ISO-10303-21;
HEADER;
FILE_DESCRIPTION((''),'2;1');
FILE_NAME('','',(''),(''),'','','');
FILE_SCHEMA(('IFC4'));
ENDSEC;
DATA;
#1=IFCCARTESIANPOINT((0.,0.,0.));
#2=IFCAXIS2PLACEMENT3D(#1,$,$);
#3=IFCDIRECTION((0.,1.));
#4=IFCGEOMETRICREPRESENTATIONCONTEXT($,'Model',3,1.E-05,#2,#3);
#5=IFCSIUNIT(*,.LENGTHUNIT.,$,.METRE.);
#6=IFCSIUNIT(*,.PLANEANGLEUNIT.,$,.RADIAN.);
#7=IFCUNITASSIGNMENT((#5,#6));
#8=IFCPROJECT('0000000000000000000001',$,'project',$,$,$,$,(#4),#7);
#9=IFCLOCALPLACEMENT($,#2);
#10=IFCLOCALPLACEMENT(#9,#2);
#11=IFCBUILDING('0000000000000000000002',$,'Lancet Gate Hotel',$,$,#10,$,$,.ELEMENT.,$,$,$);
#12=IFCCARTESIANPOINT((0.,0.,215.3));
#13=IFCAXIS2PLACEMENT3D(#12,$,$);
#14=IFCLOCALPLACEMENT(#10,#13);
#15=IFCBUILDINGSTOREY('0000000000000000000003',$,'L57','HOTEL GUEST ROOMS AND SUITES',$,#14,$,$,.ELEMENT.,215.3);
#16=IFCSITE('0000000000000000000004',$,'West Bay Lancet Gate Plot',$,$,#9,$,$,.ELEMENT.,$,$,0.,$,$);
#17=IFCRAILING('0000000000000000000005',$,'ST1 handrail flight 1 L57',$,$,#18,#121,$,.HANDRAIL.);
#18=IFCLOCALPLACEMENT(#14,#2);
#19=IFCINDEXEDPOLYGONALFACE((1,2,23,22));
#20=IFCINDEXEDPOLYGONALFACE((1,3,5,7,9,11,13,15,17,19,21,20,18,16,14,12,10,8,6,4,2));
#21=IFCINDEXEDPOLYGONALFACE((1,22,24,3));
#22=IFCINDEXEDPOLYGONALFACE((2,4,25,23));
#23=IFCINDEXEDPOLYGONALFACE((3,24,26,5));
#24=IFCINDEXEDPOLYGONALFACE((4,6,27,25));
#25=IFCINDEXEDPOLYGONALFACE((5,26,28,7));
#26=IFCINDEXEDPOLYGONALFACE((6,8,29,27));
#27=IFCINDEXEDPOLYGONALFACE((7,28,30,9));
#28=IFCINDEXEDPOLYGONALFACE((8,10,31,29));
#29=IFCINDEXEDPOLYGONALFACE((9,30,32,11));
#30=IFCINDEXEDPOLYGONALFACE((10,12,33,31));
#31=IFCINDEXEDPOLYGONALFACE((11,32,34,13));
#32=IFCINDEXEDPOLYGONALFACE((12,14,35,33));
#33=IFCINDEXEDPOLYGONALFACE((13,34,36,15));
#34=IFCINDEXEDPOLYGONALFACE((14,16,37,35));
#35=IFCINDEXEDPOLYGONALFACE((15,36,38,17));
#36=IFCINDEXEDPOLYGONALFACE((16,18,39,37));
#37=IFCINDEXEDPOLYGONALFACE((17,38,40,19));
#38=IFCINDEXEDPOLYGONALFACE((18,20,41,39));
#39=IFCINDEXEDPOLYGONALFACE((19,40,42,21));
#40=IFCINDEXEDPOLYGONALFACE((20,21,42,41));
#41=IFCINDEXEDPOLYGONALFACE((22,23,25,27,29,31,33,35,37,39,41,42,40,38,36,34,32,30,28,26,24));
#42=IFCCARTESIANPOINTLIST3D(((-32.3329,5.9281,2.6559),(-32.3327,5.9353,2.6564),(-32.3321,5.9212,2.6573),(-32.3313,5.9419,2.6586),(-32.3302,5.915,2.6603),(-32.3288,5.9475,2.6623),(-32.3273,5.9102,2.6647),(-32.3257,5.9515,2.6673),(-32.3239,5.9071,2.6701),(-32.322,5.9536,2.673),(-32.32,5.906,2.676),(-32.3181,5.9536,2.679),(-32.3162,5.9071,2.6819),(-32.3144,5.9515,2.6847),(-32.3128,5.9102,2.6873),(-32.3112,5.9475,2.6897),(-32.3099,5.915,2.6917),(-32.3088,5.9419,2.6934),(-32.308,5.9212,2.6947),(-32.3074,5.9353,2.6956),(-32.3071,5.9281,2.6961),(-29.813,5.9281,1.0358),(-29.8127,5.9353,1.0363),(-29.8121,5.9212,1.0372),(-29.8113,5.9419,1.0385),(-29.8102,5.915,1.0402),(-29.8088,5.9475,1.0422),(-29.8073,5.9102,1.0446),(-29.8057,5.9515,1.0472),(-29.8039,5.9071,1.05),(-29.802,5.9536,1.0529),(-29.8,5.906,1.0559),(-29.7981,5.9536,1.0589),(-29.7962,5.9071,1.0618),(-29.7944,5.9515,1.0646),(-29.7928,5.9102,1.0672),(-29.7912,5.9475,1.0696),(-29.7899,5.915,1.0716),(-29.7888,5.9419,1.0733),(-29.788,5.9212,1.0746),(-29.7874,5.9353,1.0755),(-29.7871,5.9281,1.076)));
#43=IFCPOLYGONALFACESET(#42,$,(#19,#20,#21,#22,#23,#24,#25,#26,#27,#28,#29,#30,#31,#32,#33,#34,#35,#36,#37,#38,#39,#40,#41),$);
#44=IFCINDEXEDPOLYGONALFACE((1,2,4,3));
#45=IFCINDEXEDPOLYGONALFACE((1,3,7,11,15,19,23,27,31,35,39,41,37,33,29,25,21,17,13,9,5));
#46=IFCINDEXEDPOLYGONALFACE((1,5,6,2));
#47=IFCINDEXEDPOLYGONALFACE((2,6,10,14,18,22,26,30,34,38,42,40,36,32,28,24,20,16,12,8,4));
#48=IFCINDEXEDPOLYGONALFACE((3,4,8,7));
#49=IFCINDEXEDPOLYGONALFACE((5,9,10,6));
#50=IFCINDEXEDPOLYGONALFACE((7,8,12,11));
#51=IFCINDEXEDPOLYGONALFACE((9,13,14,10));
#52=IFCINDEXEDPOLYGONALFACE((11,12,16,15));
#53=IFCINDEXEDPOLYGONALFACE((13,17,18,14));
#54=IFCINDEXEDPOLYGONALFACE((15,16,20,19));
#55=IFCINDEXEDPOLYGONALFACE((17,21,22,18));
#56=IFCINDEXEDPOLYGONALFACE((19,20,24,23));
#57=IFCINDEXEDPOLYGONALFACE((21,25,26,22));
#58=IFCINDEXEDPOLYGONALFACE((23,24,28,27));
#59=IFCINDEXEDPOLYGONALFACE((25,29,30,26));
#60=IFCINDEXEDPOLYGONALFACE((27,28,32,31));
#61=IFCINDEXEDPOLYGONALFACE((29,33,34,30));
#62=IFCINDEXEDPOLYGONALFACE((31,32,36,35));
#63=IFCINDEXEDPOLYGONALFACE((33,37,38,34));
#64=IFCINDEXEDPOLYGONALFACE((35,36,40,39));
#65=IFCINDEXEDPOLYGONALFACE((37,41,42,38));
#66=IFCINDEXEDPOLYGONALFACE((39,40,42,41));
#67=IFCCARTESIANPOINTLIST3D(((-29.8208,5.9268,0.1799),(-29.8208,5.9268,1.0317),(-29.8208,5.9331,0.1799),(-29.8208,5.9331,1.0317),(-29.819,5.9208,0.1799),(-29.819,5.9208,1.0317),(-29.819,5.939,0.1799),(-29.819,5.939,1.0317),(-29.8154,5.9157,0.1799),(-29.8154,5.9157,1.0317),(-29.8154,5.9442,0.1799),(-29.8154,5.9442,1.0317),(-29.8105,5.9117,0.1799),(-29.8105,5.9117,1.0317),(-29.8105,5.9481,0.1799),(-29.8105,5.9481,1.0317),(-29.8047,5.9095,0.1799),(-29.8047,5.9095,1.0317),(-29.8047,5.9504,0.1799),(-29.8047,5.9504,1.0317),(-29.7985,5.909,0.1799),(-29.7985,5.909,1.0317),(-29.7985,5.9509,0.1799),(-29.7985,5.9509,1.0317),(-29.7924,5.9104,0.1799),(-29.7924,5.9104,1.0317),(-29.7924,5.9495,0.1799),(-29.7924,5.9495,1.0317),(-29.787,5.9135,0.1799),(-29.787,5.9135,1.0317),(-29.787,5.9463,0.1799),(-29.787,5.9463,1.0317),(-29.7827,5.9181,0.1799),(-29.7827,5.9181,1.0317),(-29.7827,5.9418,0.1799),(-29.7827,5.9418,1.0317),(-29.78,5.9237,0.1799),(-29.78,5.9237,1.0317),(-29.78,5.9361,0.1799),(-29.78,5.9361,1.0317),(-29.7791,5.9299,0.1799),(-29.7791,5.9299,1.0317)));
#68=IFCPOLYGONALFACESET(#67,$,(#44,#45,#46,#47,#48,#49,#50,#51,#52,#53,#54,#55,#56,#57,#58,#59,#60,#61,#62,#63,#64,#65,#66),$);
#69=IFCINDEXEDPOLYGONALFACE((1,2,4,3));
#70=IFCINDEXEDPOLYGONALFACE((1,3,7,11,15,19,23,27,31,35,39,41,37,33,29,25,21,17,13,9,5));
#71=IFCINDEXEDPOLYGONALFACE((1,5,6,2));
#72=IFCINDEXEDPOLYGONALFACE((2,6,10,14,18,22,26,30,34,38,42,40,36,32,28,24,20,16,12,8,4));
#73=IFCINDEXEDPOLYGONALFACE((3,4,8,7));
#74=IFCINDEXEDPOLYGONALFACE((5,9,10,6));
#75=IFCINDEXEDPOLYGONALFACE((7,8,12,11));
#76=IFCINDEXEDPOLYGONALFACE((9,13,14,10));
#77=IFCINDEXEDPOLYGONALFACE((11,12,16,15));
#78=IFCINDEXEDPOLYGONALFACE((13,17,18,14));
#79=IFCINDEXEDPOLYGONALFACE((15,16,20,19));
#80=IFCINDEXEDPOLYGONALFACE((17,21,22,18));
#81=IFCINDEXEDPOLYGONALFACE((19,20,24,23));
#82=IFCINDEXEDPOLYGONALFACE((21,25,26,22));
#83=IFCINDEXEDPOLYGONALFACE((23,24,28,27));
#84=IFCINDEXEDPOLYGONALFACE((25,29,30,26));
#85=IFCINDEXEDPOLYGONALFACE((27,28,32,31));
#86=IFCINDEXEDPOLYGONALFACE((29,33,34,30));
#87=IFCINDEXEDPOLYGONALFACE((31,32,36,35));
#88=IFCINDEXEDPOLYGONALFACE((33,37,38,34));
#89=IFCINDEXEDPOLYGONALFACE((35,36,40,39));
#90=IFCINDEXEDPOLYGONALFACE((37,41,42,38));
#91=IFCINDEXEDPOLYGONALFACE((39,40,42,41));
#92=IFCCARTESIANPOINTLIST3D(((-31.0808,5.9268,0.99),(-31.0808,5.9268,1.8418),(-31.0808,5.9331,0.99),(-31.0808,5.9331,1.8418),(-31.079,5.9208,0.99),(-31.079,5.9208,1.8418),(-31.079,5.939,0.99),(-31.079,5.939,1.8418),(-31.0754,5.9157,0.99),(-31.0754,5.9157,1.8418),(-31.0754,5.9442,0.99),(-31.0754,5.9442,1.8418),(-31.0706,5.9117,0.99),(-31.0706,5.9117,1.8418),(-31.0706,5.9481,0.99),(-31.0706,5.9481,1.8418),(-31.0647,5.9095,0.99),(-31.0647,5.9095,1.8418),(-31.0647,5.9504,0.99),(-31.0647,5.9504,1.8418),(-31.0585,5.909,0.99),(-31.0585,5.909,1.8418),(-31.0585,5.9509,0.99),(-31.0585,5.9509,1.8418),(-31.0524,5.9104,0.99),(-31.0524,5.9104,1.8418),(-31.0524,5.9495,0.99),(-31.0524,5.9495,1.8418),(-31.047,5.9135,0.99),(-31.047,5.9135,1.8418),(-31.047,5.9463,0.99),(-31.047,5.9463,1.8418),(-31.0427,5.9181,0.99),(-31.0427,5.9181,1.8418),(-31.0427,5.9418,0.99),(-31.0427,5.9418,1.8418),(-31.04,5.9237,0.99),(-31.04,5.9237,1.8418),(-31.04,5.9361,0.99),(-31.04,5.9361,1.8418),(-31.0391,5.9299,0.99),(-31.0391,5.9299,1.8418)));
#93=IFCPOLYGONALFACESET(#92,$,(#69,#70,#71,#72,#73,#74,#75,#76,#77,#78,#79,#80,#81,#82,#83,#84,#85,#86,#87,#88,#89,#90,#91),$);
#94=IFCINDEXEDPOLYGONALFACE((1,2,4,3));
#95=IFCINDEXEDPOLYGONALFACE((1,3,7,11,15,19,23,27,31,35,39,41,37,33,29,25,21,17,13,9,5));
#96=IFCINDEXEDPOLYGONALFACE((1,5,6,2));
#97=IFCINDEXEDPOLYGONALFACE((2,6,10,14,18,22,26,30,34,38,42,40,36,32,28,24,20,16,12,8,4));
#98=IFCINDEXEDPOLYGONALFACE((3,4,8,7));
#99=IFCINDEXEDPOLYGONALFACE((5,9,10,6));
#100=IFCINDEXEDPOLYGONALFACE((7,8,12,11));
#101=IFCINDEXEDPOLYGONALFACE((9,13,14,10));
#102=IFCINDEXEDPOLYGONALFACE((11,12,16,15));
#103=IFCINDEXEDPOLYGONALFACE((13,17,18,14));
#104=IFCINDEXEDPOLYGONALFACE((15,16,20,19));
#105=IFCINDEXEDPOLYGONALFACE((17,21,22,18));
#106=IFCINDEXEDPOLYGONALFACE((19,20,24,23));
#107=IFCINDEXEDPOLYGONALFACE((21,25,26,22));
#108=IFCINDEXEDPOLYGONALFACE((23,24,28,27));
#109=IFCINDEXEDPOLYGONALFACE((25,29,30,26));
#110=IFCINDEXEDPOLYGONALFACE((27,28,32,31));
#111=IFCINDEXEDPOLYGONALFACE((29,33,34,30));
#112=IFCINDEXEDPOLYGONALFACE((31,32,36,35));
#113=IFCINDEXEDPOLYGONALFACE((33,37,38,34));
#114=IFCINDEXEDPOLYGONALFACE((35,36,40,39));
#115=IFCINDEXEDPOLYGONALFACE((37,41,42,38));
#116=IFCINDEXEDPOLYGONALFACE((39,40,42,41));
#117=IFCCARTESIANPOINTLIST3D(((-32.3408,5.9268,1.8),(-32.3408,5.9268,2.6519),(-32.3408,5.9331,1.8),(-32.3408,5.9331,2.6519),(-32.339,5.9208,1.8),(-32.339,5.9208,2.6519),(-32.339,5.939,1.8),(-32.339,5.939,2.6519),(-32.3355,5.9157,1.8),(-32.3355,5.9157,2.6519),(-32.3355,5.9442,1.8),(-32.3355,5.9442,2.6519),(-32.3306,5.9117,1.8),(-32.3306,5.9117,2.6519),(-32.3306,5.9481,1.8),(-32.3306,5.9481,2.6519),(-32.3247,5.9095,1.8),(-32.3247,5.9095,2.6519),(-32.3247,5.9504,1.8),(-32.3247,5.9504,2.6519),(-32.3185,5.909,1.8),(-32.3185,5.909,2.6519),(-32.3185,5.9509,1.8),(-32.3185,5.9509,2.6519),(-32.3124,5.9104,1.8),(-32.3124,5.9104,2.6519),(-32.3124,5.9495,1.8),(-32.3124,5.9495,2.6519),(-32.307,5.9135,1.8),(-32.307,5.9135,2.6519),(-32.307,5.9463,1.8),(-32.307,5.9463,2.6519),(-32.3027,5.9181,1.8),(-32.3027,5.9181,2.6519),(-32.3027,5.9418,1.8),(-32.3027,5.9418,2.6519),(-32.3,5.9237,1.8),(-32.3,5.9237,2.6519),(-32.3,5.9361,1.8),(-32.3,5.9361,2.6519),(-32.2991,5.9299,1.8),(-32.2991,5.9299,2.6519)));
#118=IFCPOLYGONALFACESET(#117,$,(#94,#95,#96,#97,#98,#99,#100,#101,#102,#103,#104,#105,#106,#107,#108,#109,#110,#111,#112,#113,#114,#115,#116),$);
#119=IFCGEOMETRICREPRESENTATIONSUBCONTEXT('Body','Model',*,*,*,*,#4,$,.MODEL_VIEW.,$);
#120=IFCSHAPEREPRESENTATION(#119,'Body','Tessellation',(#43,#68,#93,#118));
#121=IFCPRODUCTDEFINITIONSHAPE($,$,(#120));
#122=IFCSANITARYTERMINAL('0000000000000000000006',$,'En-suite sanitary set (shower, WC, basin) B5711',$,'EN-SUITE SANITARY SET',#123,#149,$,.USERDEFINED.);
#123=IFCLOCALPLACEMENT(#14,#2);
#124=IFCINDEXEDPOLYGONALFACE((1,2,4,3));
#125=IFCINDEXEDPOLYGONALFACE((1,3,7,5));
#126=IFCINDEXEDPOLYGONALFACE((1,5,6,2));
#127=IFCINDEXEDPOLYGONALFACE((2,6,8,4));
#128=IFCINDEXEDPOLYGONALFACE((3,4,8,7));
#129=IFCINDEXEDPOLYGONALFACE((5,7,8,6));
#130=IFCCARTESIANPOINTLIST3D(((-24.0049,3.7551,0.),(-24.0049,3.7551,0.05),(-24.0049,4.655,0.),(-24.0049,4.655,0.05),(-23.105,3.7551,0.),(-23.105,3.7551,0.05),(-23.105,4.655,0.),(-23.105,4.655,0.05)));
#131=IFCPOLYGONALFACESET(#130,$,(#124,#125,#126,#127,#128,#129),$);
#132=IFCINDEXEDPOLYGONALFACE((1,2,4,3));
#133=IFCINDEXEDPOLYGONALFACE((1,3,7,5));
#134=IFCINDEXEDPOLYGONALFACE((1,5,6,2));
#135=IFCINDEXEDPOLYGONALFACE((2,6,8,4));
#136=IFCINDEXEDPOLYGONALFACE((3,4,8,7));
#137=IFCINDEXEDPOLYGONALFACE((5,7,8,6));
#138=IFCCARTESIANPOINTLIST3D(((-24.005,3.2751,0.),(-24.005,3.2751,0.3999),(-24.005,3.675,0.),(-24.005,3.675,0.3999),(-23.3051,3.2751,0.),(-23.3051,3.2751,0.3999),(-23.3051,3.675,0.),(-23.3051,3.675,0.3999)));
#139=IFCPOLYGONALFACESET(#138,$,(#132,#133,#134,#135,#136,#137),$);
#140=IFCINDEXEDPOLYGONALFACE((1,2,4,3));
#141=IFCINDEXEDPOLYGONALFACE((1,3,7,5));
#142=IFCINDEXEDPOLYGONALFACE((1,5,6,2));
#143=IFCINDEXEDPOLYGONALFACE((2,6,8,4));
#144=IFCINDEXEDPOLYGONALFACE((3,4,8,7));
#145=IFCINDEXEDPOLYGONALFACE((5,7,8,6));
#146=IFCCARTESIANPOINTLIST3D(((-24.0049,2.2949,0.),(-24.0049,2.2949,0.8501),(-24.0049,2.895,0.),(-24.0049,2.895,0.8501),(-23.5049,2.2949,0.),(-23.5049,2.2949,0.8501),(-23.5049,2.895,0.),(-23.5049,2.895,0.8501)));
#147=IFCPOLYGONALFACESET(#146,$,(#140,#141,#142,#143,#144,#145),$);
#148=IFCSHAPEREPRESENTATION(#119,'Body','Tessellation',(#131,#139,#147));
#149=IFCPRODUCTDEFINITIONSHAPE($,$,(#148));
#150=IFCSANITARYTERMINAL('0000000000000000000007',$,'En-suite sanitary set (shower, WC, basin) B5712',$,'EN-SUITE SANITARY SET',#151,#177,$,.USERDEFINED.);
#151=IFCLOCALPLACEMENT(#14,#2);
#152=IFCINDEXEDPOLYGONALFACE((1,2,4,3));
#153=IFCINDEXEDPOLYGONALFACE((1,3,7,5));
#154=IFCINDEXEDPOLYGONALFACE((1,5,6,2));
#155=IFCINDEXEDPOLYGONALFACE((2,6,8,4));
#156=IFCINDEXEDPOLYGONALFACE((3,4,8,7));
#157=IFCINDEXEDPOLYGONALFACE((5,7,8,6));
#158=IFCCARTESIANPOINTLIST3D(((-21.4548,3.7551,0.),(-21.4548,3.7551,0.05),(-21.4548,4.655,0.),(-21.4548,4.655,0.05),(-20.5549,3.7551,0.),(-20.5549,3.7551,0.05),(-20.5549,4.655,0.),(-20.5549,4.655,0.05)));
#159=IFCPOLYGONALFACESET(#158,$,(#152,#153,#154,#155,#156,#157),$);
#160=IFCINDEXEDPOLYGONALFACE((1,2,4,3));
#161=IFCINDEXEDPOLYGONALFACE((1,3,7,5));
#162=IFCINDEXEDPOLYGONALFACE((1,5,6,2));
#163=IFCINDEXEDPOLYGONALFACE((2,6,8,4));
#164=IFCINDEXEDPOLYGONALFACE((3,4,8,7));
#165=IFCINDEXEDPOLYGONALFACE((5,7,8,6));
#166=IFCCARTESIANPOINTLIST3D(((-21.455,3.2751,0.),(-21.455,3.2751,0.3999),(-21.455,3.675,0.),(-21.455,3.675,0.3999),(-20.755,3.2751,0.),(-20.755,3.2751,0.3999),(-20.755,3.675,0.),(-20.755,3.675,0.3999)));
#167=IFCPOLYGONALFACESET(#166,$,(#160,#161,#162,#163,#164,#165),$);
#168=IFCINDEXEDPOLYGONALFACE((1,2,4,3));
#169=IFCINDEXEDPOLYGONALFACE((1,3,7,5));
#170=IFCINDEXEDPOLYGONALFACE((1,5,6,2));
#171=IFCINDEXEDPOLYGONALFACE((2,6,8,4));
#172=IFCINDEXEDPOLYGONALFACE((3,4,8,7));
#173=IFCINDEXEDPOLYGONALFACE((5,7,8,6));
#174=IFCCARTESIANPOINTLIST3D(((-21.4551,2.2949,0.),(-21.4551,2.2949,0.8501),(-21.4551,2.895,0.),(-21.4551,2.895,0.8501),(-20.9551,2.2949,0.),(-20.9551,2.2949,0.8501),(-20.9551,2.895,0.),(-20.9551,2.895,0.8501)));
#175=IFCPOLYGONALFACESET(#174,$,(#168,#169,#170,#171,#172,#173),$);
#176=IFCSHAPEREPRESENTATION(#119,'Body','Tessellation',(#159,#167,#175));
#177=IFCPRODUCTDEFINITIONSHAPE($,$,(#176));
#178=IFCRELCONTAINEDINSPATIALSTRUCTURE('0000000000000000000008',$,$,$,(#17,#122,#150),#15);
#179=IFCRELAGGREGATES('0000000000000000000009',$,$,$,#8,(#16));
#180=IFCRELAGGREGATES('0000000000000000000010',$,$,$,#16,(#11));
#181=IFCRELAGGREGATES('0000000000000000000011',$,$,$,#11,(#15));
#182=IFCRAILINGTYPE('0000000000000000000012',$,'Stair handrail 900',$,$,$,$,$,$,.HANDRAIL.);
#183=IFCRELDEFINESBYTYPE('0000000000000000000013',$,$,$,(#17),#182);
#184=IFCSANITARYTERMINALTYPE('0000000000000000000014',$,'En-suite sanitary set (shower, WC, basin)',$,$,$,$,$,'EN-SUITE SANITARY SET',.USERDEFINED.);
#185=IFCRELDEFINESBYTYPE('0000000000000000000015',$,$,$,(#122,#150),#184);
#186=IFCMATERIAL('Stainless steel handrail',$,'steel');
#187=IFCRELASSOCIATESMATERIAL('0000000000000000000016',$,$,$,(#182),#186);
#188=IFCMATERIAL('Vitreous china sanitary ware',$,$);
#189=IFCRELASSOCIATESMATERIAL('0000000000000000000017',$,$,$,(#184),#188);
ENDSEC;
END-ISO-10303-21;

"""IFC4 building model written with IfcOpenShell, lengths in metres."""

from ifc_helpers import new_model, si_unit, direction, frame, origin, origin_2d, place, context, subcontext, project, spatial, rectangle, circle, extrude, material, type_object, element, save


model = new_model("IFC4")

# Units and contexts
model_context = context("Model", 3, precision=1e-05, world=origin(), true_north=direction((0.0, 1.0)))
body_context = subcontext(model_context, "Body", "Model", "MODEL_VIEW")
ifc_project = project(units=[si_unit("LENGTHUNIT", "METRE"), si_unit("PLANEANGLEUNIT", "RADIAN")], contexts=[model_context])

# Site, building, storey
site_placement = place(None, origin())
site = spatial("IfcSite", under=ifc_project, at=site_placement, Name="West Bay Lancet Gate Plot", CompositionType="ELEMENT", RefElevation=0.0)
building_placement = place(site_placement, origin())
building = spatial("IfcBuilding", under=site, at=building_placement, Name="Lancet Gate Hotel", CompositionType="ELEMENT")
storey_placement = place(building_placement, frame((0.0, 0.0, 215.3)))
storey = spatial("IfcBuildingStorey", under=building, at=storey_placement, Name="L57", Description="HOTEL GUEST ROOMS AND SUITES", CompositionType="ELEMENT", Elevation=215.3)

# Railing
ifc_material_1 = material(Name="Stainless steel handrail", Category="steel")
railing_type = type_object("IfcRailingType", Name="Stair handrail 900", PredefinedType="HANDRAIL", material=ifc_material_1)
railing_placement = place(storey_placement, frame((-29.8, 5.9299, 0.1799)))
element("IfcRailing", 1, at=railing_placement, inside=storey, type_object=railing_type, Name="ST1 handrail flight 1 L57", PredefinedType="HANDRAIL", context=body_context, shape_type="SweptSolid", body=[
    extrude(circle(Radius=0.0239, at=origin_2d()), frame((0.0, 0.0, 0.876), z_axis=(-0.841163, 0.0, 0.540782), x_axis=(0.0, -1.0, 0.0)), (0.0, 0.0, 1.0), 2.9958),
    extrude(circle(Radius=0.021, at=origin_2d()), origin(), (0.0, 0.0, 1.0), 0.8518),
    extrude(circle(Radius=0.021, at=origin_2d()), frame((-1.26, 0.0, 0.8101)), (0.0, 0.0, 1.0), 0.8518),
    extrude(circle(Radius=0.021, at=origin_2d()), frame((-2.52, 0.0, 1.6201)), (0.0, 0.0, 1.0), 0.8518),
])

# Sanitary terminals
ifc_material_2 = material(Name="Vitreous china sanitary ware")
sanitary_terminal_type = type_object("IfcSanitaryTerminalType", Name="En-suite sanitary set (shower, WC, basin)", ElementType="EN-SUITE SANITARY SET", PredefinedType="USERDEFINED", material=ifc_material_2)
sanitary_terminal_1_placement = place(storey_placement, frame((-23.5549, 4.2051, 0.0), z_axis=(0.0, 0.0, 1.0), x_axis=(1.0, 0.0, 0.0)))
element("IfcSanitaryTerminal", 2, at=sanitary_terminal_1_placement, inside=storey, type_object=sanitary_terminal_type, Name="En-suite sanitary set (shower, WC, basin) B5711", ObjectType="EN-SUITE SANITARY SET", PredefinedType="USERDEFINED", context=body_context, shape_type="SweptSolid", body=[
    extrude(rectangle(XDim=0.8999, YDim=0.8999, at=origin_2d()), frame((0.0, 0.0, 0.0), z_axis=(0.0, 0.0, 1.0), x_axis=(0.0, 1.0, 0.0)), (0.0, 0.0, 1.0), 0.05),
    extrude(rectangle(XDim=0.3999, YDim=0.7, at=origin_2d()), frame((-0.1001, -0.73, 0.0), z_axis=(0.0, 0.0, 1.0), x_axis=(0.0, 1.0, 0.0)), (0.0, 0.0, 1.0), 0.3999),
    extrude(rectangle(XDim=0.6001, YDim=0.5, at=origin_2d()), frame((-0.2, -1.6101, 0.0), z_axis=(0.0, 0.0, 1.0), x_axis=(0.0, 1.0, 0.0)), (0.0, 0.0, 1.0), 0.8501),
])
sanitary_terminal_2_placement = place(storey_placement, frame((-21.0049, 4.2051, 0.0), z_axis=(0.0, 0.0, 1.0), x_axis=(1.0, 0.0, 0.0)))
element("IfcSanitaryTerminal", 3, at=sanitary_terminal_2_placement, inside=storey, type_object=sanitary_terminal_type, Name="En-suite sanitary set (shower, WC, basin) B5712", ObjectType="EN-SUITE SANITARY SET", PredefinedType="USERDEFINED", context=body_context, shape_type="SweptSolid", body=[
    extrude(rectangle(XDim=0.8999, YDim=0.8999, at=origin_2d()), frame((0.0, 0.0, 0.0), z_axis=(0.0, 0.0, 1.0), x_axis=(0.0, 1.0, 0.0)), (0.0, 0.0, 1.0), 0.05),
    extrude(rectangle(XDim=0.3999, YDim=0.7, at=origin_2d()), frame((-0.1001, -0.73, 0.0), z_axis=(0.0, 0.0, 1.0), x_axis=(0.0, 1.0, 0.0)), (0.0, 0.0, 1.0), 0.3999),
    extrude(rectangle(XDim=0.6001, YDim=0.5, at=origin_2d()), frame((-0.2002, -1.6101, 0.0), z_axis=(0.0, 0.0, 1.0), x_axis=(0.0, 1.0, 0.0)), (0.0, 0.0, 1.0), 0.8501),
])

save(model, "model.ifc")
